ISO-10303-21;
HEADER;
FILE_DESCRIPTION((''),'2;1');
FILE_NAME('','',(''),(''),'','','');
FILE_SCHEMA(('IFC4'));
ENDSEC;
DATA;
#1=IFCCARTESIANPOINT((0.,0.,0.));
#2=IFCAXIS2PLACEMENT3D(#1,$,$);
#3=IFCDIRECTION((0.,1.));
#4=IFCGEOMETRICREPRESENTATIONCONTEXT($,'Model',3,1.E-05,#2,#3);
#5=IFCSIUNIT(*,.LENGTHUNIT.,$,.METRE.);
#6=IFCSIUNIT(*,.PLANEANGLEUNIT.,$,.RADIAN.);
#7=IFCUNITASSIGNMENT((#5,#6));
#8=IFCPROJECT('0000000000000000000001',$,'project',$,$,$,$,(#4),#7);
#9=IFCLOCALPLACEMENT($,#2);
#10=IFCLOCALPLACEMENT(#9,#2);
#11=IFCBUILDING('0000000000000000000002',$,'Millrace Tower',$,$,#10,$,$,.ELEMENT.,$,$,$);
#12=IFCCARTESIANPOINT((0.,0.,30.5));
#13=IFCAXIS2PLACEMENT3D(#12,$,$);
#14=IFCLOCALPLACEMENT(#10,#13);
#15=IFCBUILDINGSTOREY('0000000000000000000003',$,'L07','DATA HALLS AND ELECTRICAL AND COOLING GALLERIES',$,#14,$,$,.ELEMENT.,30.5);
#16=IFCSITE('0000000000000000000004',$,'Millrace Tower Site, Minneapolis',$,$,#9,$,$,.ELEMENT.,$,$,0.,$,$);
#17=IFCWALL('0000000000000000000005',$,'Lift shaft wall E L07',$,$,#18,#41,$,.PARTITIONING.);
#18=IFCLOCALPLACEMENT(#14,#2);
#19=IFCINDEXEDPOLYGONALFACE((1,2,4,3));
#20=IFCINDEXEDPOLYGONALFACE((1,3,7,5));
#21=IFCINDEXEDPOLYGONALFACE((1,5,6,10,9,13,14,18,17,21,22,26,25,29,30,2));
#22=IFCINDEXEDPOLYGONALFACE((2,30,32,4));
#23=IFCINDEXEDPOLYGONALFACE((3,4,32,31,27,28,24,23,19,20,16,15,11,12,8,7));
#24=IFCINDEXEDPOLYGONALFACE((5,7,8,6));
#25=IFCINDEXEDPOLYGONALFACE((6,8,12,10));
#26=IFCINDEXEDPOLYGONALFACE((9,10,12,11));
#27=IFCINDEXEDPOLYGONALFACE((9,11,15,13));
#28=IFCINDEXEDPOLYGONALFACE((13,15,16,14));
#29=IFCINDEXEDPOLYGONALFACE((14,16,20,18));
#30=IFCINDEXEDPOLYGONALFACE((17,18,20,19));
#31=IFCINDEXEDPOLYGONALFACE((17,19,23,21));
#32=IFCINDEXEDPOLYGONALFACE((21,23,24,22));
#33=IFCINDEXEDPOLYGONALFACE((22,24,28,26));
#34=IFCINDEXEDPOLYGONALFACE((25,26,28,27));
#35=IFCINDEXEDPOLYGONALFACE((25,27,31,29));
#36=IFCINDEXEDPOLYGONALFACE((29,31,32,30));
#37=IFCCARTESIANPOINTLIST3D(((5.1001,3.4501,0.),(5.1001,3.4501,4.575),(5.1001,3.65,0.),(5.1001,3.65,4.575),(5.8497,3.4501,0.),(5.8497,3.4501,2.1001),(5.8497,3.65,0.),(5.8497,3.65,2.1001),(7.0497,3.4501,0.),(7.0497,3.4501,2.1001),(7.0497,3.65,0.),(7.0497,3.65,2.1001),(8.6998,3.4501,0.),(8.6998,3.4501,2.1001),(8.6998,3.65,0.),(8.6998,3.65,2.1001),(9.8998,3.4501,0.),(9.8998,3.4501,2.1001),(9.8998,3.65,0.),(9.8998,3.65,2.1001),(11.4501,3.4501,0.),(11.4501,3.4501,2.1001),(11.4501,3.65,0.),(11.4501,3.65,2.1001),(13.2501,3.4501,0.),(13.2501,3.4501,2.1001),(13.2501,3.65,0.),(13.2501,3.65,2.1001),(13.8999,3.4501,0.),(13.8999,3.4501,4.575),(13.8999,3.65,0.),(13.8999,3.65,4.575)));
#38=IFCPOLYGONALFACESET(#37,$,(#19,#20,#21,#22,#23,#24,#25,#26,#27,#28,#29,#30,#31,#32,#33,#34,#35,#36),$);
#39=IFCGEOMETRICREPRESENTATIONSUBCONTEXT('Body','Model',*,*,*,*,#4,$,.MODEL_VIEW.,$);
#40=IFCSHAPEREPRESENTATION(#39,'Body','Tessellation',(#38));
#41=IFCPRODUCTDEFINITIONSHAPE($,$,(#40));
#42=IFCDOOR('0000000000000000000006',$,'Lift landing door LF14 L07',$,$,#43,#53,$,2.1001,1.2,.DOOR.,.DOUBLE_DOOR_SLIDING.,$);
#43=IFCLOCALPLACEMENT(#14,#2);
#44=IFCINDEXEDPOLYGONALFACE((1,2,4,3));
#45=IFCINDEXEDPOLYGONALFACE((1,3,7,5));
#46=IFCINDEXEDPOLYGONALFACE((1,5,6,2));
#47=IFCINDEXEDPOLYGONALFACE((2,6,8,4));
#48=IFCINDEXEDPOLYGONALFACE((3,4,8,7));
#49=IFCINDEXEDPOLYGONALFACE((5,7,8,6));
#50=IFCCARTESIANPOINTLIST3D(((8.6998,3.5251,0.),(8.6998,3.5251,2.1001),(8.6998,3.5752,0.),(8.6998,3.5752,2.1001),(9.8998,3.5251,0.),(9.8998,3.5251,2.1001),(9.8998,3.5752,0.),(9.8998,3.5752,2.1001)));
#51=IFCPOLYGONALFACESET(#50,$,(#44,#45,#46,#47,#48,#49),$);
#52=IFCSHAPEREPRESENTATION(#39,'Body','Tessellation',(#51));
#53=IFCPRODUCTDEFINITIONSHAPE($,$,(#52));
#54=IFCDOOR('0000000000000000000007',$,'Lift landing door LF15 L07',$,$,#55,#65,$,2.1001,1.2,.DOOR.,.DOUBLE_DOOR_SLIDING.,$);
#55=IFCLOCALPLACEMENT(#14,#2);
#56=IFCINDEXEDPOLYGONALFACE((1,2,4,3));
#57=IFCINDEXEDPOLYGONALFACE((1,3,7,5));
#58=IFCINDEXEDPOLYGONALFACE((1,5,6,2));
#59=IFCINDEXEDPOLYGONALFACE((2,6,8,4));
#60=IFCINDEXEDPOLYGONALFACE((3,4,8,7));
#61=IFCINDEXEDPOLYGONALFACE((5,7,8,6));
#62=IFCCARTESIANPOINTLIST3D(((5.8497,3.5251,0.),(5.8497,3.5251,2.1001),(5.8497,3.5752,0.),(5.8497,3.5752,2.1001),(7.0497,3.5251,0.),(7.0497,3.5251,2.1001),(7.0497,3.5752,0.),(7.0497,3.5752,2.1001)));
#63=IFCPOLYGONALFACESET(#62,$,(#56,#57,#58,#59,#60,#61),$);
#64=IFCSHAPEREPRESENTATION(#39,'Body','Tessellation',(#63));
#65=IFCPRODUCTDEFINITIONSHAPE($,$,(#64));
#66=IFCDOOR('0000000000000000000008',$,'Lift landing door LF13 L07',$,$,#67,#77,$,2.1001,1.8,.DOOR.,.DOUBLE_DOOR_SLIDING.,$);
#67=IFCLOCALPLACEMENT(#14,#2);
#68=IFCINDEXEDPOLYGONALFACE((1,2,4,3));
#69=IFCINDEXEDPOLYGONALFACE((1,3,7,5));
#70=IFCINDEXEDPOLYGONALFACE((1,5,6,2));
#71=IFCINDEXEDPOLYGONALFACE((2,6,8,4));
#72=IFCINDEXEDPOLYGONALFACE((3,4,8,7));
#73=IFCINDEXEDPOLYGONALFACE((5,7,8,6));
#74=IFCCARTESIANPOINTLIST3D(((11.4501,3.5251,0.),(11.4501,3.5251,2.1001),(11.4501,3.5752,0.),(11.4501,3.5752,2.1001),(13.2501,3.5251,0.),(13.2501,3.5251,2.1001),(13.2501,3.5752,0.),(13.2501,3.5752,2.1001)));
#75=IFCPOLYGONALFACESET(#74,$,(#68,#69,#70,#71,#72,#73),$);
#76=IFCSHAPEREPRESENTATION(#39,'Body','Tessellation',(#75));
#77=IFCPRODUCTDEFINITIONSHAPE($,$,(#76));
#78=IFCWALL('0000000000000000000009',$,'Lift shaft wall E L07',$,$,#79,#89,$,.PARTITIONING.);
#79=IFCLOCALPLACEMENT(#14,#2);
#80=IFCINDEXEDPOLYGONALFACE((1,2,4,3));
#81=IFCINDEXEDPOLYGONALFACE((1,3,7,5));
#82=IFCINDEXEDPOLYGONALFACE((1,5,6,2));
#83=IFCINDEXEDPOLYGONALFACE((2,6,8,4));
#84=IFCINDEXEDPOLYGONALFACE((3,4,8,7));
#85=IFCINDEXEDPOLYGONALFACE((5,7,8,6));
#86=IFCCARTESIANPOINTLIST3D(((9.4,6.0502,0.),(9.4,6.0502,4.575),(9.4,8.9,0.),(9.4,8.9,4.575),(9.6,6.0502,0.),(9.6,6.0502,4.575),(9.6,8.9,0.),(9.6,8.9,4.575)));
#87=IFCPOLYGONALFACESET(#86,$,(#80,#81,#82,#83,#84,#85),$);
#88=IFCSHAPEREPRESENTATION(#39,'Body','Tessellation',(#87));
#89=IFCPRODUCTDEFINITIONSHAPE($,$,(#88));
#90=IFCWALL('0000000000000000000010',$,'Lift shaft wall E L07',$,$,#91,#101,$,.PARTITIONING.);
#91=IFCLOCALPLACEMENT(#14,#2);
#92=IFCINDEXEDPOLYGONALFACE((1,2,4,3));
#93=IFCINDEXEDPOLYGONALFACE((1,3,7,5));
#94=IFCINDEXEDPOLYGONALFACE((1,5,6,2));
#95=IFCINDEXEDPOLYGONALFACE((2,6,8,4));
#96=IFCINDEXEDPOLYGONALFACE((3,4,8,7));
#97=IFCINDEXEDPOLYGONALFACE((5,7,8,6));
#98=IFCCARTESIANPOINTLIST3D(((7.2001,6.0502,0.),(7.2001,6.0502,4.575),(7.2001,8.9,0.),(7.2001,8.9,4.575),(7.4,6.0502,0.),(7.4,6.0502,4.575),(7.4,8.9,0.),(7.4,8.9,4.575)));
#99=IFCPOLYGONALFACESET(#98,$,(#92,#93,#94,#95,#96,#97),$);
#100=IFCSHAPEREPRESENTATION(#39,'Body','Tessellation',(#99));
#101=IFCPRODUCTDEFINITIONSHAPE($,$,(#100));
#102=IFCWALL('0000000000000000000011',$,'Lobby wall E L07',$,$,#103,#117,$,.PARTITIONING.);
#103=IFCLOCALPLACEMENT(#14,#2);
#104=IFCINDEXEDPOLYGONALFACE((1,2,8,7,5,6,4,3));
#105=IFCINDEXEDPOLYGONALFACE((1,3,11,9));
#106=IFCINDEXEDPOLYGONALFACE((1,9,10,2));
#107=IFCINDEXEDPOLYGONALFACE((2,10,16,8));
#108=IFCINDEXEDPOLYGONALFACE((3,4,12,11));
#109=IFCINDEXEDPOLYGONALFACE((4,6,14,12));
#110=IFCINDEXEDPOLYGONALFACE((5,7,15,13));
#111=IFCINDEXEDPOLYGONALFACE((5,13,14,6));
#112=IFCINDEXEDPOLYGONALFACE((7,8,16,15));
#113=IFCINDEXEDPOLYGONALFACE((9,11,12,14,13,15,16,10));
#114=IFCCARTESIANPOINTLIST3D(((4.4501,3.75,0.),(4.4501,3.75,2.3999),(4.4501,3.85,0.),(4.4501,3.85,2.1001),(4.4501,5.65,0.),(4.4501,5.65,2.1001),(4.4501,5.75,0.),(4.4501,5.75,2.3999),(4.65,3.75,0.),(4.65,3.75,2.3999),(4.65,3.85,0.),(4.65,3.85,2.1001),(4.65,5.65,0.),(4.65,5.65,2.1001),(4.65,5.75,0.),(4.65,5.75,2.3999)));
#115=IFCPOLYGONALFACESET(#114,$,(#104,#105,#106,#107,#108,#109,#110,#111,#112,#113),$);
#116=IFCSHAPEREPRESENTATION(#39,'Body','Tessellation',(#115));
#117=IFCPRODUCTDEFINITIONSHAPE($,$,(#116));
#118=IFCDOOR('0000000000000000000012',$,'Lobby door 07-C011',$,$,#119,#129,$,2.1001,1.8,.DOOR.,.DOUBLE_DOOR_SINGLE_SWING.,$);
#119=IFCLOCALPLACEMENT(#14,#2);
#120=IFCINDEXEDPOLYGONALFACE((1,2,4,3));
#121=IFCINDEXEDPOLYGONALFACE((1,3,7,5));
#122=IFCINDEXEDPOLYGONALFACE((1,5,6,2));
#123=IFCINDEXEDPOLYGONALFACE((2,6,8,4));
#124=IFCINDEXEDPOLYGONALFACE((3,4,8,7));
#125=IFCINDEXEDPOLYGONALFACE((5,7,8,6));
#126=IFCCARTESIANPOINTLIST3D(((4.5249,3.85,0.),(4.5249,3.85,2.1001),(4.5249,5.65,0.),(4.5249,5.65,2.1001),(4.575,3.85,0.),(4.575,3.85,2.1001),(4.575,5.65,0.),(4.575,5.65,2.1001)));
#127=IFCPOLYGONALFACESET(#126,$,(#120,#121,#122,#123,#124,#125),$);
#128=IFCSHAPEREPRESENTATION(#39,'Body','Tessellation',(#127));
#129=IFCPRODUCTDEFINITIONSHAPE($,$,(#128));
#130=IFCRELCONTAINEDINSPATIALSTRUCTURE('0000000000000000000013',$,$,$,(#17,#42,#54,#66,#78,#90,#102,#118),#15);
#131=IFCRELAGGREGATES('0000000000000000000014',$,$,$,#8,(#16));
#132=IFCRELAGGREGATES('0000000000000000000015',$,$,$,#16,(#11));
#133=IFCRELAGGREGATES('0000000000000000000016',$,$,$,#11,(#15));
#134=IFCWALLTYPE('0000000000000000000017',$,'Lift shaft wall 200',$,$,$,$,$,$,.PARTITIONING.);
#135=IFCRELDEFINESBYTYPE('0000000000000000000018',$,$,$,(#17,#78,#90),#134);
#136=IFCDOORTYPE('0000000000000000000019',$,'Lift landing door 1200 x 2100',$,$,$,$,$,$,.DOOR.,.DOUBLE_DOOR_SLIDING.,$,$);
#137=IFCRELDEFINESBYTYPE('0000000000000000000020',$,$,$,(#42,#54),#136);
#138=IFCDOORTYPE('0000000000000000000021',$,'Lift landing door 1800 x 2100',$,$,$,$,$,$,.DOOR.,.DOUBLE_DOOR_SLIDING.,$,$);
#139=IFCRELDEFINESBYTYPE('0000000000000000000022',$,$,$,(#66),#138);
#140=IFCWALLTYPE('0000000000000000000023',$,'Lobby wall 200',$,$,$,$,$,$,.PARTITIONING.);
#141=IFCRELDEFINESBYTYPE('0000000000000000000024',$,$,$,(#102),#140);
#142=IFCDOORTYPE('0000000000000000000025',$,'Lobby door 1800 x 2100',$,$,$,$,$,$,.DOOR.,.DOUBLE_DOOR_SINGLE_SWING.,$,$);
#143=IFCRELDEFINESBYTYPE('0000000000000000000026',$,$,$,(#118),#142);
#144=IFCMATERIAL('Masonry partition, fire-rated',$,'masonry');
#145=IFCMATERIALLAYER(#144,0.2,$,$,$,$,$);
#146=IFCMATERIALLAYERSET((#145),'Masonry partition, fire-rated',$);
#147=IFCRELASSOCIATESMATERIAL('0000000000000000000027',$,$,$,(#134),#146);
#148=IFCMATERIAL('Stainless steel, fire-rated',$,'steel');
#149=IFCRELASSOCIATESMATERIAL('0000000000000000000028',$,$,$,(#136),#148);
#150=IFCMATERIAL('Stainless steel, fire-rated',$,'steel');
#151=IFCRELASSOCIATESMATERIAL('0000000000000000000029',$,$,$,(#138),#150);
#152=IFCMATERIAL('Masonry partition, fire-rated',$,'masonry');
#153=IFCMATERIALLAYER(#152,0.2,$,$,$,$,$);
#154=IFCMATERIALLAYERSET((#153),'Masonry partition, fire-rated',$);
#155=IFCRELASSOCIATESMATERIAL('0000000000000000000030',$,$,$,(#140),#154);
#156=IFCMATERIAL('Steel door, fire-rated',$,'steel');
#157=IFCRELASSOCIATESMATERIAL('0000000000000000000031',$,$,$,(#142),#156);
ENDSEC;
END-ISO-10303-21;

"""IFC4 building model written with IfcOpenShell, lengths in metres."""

from ifc_helpers import new_model, si_unit, direction, frame, frame_2d, origin, place, context, subcontext, project, spatial, rectangle, extrude, material, layer, layer_set, type_object, element, fill, save


model = new_model("IFC4")

# Units and contexts
model_context = context("Model", 3, precision=1e-05, world=origin(), true_north=direction((0.0, 1.0)))
body_context = subcontext(model_context, "Body", "Model", "MODEL_VIEW")
ifc_project = project(units=[si_unit("LENGTHUNIT", "METRE"), si_unit("PLANEANGLEUNIT", "RADIAN")], contexts=[model_context])

# Site, building, storey
site_placement = place(None, origin())
site = spatial("IfcSite", under=ifc_project, at=site_placement, Name="Millrace Tower Site, Minneapolis", CompositionType="ELEMENT", RefElevation=0.0)
building_placement = place(site_placement, origin())
building = spatial("IfcBuilding", under=site, at=building_placement, Name="Millrace Tower", CompositionType="ELEMENT")
storey_placement = place(building_placement, frame((0.0, 0.0, 30.5)))
storey = spatial("IfcBuildingStorey", under=building, at=storey_placement, Name="L07", Description="DATA HALLS AND ELECTRICAL AND COOLING GALLERIES", CompositionType="ELEMENT", Elevation=30.5)

# Shared definitions
ifc_material_1 = material(Name="Masonry partition, fire-rated", Category="masonry")
ifc_layer_1 = layer(ifc_material_1, 0.2)
ifc_layer_set_1 = layer_set([ifc_layer_1], Name="Masonry partition, fire-rated")
wall_type_1 = type_object("IfcWallType", Name="Lift shaft wall 200", PredefinedType="PARTITIONING", material=ifc_layer_set_1)

# Wall, openings, doors
wall_1_placement = place(storey_placement, frame((13.8999, 3.55, 0.0), z_axis=(0.0, 0.0, 1.0), x_axis=(-1.0, 0.0, 0.0)))
wall_1 = element("IfcWall", 1, at=wall_1_placement, inside=storey, type_object=wall_type_1, Name="Lift shaft wall E L07", PredefinedType="PARTITIONING", context=body_context, shape_type="SweptSolid", body=[
    extrude(rectangle(XDim=8.7998, YDim=0.2, at=frame_2d((4.3999, 0.0))), origin(), (0.0, 0.0, 1.0), 4.575),
])
opening_1_placement = place(wall_1_placement, frame((0.6499, 0.0, 0.0)))
opening_1 = element("IfcOpeningElement", 2, at=opening_1_placement, cuts=wall_1, PredefinedType="OPENING", context=body_context, shape_type="SweptSolid", body=[
    extrude(rectangle(XDim=1.8, YDim=2.1001, at=frame_2d((0.8999, 1.05))), frame((0.0, 0.1099, 0.0), z_axis=(0.0, -1.0, 0.0), x_axis=(1.0, 0.0, 0.0)), (0.0, 0.0, 1.0), 0.22),
])
opening_2_placement = place(wall_1_placement, frame((4.0, 0.0, 0.0)))
opening_2 = element("IfcOpeningElement", 3, at=opening_2_placement, cuts=wall_1, PredefinedType="OPENING", context=body_context, shape_type="SweptSolid", body=[
    extrude(rectangle(XDim=1.2, YDim=2.1001, at=frame_2d((0.6001, 1.05))), frame((0.0, 0.1099, 0.0), z_axis=(0.0, -1.0, 0.0), x_axis=(1.0, 0.0, 0.0)), (0.0, 0.0, 1.0), 0.22),
])
opening_3_placement = place(wall_1_placement, frame((6.8501, 0.0, 0.0)))
opening_3 = element("IfcOpeningElement", 4, at=opening_3_placement, cuts=wall_1, PredefinedType="OPENING", context=body_context, shape_type="SweptSolid", body=[
    extrude(rectangle(XDim=1.2, YDim=2.1001, at=frame_2d((0.6001, 1.05))), frame((0.0, 0.1099, 0.0), z_axis=(0.0, -1.0, 0.0), x_axis=(1.0, 0.0, 0.0)), (0.0, 0.0, 1.0), 0.22),
])
ifc_material_2 = material(Name="Stainless steel, fire-rated", Category="steel")
door_type_1 = type_object("IfcDoorType", Name="Lift landing door 1200 x 2100", OperationType="DOUBLE_DOOR_SLIDING", PredefinedType="DOOR", material=ifc_material_2)
door_1_placement = place(opening_2_placement, origin())
door_1 = element("IfcDoor", 5, at=door_1_placement, inside=storey, type_object=door_type_1, Name="Lift landing door LF14 L07", OperationType="DOUBLE_DOOR_SLIDING", OverallHeight=2.1001, OverallWidth=1.2, PredefinedType="DOOR", context=body_context, shape_type="SweptSolid", body=[
    extrude(rectangle(XDim=1.2, YDim=2.1001, at=frame_2d((0.6001, 1.05))), frame((0.0, 0.0249, 0.0), z_axis=(0.0, -1.0, 0.0), x_axis=(1.0, 0.0, 0.0)), (0.0, 0.0, 1.0), 0.05),
])
fill(opening_2, door_1)
door_2_placement = place(opening_3_placement, origin())
door_2 = element("IfcDoor", 6, at=door_2_placement, inside=storey, type_object=door_type_1, Name="Lift landing door LF15 L07", OperationType="DOUBLE_DOOR_SLIDING", OverallHeight=2.1001, OverallWidth=1.2, PredefinedType="DOOR", context=body_context, shape_type="SweptSolid", body=[
    extrude(rectangle(XDim=1.2, YDim=2.1001, at=frame_2d((0.6001, 1.05))), frame((0.0, 0.0249, 0.0), z_axis=(0.0, -1.0, 0.0), x_axis=(1.0, 0.0, 0.0)), (0.0, 0.0, 1.0), 0.05),
])
fill(opening_3, door_2)
ifc_material_3 = material(Name="Stainless steel, fire-rated", Category="steel")
door_type_2 = type_object("IfcDoorType", Name="Lift landing door 1800 x 2100", OperationType="DOUBLE_DOOR_SLIDING", PredefinedType="DOOR", material=ifc_material_3)
door_3_placement = place(opening_1_placement, origin())
door_3 = element("IfcDoor", 7, at=door_3_placement, inside=storey, type_object=door_type_2, Name="Lift landing door LF13 L07", OperationType="DOUBLE_DOOR_SLIDING", OverallHeight=2.1001, OverallWidth=1.8, PredefinedType="DOOR", context=body_context, shape_type="SweptSolid", body=[
    extrude(rectangle(XDim=1.8, YDim=2.1001, at=frame_2d((0.8999, 1.05))), frame((0.0, 0.0249, 0.0), z_axis=(0.0, -1.0, 0.0), x_axis=(1.0, 0.0, 0.0)), (0.0, 0.0, 1.0), 0.05),
])
fill(opening_1, door_3)

# Walls
for number, where, z_axis, x_axis, name in (
    (8, (9.5, 8.8999, 0.0), (0.0, 0.0, 1.0), (0.0, -1.0, 0.0), "Lift shaft wall E L07"),
    (9, (7.3, 8.8999, 0.0), (0.0, 0.0, 1.0), (0.0, -1.0, 0.0), "Lift shaft wall E L07"),
):
    element("IfcWall", number, at=place(storey_placement, frame(where, z_axis=z_axis, x_axis=x_axis)), inside=storey, type_object=wall_type_1, Name=name, PredefinedType="PARTITIONING", context=body_context, shape_type="SweptSolid", body=[
        extrude(rectangle(XDim=2.8499, YDim=0.2, at=frame_2d((1.4248, 0.0))), origin(), (0.0, 0.0, 1.0), 4.575),
    ])

# Wall, opening, door
ifc_material_4 = material(Name="Masonry partition, fire-rated", Category="masonry")
ifc_layer_2 = layer(ifc_material_4, 0.2)
ifc_layer_set_2 = layer_set([ifc_layer_2], Name="Masonry partition, fire-rated")
wall_type_2 = type_object("IfcWallType", Name="Lobby wall 200", PredefinedType="PARTITIONING", material=ifc_layer_set_2)
wall_2_placement = place(storey_placement, frame((4.55, 5.75, 0.0), z_axis=(0.0, 0.0, 1.0), x_axis=(0.0, -1.0, 0.0)))
wall_2 = element("IfcWall", 10, at=wall_2_placement, inside=storey, type_object=wall_type_2, Name="Lobby wall E L07", PredefinedType="PARTITIONING", context=body_context, shape_type="SweptSolid", body=[
    extrude(rectangle(XDim=2.0, YDim=0.2, at=frame_2d((1.0, 0.0))), origin(), (0.0, 0.0, 1.0), 2.3999),
])
opening_4_placement = place(wall_2_placement, frame((0.1001, 0.0, 0.0)))
opening_4 = element("IfcOpeningElement", 11, at=opening_4_placement, cuts=wall_2, PredefinedType="OPENING", context=body_context, shape_type="SweptSolid", body=[
    extrude(rectangle(XDim=1.8, YDim=2.1001, at=frame_2d((0.8999, 1.05))), frame((0.0, 0.1099, 0.0), z_axis=(0.0, -1.0, 0.0), x_axis=(1.0, 0.0, 0.0)), (0.0, 0.0, 1.0), 0.22),
])
ifc_material_5 = material(Name="Steel door, fire-rated", Category="steel")
door_type_3 = type_object("IfcDoorType", Name="Lobby door 1800 x 2100", OperationType="DOUBLE_DOOR_SINGLE_SWING", PredefinedType="DOOR", material=ifc_material_5)
door_4_placement = place(opening_4_placement, origin())
door_4 = element("IfcDoor", 12, at=door_4_placement, inside=storey, type_object=door_type_3, Name="Lobby door 07-C011", OperationType="DOUBLE_DOOR_SINGLE_SWING", OverallHeight=2.1001, OverallWidth=1.8, PredefinedType="DOOR", context=body_context, shape_type="SweptSolid", body=[
    extrude(rectangle(XDim=1.8, YDim=2.1001, at=frame_2d((0.8999, 1.05))), frame((0.0, 0.0249, 0.0), z_axis=(0.0, -1.0, 0.0), x_axis=(1.0, 0.0, 0.0)), (0.0, 0.0, 1.0), 0.05),
])
fill(opening_4, door_4)

save(model, "model.ifc")
